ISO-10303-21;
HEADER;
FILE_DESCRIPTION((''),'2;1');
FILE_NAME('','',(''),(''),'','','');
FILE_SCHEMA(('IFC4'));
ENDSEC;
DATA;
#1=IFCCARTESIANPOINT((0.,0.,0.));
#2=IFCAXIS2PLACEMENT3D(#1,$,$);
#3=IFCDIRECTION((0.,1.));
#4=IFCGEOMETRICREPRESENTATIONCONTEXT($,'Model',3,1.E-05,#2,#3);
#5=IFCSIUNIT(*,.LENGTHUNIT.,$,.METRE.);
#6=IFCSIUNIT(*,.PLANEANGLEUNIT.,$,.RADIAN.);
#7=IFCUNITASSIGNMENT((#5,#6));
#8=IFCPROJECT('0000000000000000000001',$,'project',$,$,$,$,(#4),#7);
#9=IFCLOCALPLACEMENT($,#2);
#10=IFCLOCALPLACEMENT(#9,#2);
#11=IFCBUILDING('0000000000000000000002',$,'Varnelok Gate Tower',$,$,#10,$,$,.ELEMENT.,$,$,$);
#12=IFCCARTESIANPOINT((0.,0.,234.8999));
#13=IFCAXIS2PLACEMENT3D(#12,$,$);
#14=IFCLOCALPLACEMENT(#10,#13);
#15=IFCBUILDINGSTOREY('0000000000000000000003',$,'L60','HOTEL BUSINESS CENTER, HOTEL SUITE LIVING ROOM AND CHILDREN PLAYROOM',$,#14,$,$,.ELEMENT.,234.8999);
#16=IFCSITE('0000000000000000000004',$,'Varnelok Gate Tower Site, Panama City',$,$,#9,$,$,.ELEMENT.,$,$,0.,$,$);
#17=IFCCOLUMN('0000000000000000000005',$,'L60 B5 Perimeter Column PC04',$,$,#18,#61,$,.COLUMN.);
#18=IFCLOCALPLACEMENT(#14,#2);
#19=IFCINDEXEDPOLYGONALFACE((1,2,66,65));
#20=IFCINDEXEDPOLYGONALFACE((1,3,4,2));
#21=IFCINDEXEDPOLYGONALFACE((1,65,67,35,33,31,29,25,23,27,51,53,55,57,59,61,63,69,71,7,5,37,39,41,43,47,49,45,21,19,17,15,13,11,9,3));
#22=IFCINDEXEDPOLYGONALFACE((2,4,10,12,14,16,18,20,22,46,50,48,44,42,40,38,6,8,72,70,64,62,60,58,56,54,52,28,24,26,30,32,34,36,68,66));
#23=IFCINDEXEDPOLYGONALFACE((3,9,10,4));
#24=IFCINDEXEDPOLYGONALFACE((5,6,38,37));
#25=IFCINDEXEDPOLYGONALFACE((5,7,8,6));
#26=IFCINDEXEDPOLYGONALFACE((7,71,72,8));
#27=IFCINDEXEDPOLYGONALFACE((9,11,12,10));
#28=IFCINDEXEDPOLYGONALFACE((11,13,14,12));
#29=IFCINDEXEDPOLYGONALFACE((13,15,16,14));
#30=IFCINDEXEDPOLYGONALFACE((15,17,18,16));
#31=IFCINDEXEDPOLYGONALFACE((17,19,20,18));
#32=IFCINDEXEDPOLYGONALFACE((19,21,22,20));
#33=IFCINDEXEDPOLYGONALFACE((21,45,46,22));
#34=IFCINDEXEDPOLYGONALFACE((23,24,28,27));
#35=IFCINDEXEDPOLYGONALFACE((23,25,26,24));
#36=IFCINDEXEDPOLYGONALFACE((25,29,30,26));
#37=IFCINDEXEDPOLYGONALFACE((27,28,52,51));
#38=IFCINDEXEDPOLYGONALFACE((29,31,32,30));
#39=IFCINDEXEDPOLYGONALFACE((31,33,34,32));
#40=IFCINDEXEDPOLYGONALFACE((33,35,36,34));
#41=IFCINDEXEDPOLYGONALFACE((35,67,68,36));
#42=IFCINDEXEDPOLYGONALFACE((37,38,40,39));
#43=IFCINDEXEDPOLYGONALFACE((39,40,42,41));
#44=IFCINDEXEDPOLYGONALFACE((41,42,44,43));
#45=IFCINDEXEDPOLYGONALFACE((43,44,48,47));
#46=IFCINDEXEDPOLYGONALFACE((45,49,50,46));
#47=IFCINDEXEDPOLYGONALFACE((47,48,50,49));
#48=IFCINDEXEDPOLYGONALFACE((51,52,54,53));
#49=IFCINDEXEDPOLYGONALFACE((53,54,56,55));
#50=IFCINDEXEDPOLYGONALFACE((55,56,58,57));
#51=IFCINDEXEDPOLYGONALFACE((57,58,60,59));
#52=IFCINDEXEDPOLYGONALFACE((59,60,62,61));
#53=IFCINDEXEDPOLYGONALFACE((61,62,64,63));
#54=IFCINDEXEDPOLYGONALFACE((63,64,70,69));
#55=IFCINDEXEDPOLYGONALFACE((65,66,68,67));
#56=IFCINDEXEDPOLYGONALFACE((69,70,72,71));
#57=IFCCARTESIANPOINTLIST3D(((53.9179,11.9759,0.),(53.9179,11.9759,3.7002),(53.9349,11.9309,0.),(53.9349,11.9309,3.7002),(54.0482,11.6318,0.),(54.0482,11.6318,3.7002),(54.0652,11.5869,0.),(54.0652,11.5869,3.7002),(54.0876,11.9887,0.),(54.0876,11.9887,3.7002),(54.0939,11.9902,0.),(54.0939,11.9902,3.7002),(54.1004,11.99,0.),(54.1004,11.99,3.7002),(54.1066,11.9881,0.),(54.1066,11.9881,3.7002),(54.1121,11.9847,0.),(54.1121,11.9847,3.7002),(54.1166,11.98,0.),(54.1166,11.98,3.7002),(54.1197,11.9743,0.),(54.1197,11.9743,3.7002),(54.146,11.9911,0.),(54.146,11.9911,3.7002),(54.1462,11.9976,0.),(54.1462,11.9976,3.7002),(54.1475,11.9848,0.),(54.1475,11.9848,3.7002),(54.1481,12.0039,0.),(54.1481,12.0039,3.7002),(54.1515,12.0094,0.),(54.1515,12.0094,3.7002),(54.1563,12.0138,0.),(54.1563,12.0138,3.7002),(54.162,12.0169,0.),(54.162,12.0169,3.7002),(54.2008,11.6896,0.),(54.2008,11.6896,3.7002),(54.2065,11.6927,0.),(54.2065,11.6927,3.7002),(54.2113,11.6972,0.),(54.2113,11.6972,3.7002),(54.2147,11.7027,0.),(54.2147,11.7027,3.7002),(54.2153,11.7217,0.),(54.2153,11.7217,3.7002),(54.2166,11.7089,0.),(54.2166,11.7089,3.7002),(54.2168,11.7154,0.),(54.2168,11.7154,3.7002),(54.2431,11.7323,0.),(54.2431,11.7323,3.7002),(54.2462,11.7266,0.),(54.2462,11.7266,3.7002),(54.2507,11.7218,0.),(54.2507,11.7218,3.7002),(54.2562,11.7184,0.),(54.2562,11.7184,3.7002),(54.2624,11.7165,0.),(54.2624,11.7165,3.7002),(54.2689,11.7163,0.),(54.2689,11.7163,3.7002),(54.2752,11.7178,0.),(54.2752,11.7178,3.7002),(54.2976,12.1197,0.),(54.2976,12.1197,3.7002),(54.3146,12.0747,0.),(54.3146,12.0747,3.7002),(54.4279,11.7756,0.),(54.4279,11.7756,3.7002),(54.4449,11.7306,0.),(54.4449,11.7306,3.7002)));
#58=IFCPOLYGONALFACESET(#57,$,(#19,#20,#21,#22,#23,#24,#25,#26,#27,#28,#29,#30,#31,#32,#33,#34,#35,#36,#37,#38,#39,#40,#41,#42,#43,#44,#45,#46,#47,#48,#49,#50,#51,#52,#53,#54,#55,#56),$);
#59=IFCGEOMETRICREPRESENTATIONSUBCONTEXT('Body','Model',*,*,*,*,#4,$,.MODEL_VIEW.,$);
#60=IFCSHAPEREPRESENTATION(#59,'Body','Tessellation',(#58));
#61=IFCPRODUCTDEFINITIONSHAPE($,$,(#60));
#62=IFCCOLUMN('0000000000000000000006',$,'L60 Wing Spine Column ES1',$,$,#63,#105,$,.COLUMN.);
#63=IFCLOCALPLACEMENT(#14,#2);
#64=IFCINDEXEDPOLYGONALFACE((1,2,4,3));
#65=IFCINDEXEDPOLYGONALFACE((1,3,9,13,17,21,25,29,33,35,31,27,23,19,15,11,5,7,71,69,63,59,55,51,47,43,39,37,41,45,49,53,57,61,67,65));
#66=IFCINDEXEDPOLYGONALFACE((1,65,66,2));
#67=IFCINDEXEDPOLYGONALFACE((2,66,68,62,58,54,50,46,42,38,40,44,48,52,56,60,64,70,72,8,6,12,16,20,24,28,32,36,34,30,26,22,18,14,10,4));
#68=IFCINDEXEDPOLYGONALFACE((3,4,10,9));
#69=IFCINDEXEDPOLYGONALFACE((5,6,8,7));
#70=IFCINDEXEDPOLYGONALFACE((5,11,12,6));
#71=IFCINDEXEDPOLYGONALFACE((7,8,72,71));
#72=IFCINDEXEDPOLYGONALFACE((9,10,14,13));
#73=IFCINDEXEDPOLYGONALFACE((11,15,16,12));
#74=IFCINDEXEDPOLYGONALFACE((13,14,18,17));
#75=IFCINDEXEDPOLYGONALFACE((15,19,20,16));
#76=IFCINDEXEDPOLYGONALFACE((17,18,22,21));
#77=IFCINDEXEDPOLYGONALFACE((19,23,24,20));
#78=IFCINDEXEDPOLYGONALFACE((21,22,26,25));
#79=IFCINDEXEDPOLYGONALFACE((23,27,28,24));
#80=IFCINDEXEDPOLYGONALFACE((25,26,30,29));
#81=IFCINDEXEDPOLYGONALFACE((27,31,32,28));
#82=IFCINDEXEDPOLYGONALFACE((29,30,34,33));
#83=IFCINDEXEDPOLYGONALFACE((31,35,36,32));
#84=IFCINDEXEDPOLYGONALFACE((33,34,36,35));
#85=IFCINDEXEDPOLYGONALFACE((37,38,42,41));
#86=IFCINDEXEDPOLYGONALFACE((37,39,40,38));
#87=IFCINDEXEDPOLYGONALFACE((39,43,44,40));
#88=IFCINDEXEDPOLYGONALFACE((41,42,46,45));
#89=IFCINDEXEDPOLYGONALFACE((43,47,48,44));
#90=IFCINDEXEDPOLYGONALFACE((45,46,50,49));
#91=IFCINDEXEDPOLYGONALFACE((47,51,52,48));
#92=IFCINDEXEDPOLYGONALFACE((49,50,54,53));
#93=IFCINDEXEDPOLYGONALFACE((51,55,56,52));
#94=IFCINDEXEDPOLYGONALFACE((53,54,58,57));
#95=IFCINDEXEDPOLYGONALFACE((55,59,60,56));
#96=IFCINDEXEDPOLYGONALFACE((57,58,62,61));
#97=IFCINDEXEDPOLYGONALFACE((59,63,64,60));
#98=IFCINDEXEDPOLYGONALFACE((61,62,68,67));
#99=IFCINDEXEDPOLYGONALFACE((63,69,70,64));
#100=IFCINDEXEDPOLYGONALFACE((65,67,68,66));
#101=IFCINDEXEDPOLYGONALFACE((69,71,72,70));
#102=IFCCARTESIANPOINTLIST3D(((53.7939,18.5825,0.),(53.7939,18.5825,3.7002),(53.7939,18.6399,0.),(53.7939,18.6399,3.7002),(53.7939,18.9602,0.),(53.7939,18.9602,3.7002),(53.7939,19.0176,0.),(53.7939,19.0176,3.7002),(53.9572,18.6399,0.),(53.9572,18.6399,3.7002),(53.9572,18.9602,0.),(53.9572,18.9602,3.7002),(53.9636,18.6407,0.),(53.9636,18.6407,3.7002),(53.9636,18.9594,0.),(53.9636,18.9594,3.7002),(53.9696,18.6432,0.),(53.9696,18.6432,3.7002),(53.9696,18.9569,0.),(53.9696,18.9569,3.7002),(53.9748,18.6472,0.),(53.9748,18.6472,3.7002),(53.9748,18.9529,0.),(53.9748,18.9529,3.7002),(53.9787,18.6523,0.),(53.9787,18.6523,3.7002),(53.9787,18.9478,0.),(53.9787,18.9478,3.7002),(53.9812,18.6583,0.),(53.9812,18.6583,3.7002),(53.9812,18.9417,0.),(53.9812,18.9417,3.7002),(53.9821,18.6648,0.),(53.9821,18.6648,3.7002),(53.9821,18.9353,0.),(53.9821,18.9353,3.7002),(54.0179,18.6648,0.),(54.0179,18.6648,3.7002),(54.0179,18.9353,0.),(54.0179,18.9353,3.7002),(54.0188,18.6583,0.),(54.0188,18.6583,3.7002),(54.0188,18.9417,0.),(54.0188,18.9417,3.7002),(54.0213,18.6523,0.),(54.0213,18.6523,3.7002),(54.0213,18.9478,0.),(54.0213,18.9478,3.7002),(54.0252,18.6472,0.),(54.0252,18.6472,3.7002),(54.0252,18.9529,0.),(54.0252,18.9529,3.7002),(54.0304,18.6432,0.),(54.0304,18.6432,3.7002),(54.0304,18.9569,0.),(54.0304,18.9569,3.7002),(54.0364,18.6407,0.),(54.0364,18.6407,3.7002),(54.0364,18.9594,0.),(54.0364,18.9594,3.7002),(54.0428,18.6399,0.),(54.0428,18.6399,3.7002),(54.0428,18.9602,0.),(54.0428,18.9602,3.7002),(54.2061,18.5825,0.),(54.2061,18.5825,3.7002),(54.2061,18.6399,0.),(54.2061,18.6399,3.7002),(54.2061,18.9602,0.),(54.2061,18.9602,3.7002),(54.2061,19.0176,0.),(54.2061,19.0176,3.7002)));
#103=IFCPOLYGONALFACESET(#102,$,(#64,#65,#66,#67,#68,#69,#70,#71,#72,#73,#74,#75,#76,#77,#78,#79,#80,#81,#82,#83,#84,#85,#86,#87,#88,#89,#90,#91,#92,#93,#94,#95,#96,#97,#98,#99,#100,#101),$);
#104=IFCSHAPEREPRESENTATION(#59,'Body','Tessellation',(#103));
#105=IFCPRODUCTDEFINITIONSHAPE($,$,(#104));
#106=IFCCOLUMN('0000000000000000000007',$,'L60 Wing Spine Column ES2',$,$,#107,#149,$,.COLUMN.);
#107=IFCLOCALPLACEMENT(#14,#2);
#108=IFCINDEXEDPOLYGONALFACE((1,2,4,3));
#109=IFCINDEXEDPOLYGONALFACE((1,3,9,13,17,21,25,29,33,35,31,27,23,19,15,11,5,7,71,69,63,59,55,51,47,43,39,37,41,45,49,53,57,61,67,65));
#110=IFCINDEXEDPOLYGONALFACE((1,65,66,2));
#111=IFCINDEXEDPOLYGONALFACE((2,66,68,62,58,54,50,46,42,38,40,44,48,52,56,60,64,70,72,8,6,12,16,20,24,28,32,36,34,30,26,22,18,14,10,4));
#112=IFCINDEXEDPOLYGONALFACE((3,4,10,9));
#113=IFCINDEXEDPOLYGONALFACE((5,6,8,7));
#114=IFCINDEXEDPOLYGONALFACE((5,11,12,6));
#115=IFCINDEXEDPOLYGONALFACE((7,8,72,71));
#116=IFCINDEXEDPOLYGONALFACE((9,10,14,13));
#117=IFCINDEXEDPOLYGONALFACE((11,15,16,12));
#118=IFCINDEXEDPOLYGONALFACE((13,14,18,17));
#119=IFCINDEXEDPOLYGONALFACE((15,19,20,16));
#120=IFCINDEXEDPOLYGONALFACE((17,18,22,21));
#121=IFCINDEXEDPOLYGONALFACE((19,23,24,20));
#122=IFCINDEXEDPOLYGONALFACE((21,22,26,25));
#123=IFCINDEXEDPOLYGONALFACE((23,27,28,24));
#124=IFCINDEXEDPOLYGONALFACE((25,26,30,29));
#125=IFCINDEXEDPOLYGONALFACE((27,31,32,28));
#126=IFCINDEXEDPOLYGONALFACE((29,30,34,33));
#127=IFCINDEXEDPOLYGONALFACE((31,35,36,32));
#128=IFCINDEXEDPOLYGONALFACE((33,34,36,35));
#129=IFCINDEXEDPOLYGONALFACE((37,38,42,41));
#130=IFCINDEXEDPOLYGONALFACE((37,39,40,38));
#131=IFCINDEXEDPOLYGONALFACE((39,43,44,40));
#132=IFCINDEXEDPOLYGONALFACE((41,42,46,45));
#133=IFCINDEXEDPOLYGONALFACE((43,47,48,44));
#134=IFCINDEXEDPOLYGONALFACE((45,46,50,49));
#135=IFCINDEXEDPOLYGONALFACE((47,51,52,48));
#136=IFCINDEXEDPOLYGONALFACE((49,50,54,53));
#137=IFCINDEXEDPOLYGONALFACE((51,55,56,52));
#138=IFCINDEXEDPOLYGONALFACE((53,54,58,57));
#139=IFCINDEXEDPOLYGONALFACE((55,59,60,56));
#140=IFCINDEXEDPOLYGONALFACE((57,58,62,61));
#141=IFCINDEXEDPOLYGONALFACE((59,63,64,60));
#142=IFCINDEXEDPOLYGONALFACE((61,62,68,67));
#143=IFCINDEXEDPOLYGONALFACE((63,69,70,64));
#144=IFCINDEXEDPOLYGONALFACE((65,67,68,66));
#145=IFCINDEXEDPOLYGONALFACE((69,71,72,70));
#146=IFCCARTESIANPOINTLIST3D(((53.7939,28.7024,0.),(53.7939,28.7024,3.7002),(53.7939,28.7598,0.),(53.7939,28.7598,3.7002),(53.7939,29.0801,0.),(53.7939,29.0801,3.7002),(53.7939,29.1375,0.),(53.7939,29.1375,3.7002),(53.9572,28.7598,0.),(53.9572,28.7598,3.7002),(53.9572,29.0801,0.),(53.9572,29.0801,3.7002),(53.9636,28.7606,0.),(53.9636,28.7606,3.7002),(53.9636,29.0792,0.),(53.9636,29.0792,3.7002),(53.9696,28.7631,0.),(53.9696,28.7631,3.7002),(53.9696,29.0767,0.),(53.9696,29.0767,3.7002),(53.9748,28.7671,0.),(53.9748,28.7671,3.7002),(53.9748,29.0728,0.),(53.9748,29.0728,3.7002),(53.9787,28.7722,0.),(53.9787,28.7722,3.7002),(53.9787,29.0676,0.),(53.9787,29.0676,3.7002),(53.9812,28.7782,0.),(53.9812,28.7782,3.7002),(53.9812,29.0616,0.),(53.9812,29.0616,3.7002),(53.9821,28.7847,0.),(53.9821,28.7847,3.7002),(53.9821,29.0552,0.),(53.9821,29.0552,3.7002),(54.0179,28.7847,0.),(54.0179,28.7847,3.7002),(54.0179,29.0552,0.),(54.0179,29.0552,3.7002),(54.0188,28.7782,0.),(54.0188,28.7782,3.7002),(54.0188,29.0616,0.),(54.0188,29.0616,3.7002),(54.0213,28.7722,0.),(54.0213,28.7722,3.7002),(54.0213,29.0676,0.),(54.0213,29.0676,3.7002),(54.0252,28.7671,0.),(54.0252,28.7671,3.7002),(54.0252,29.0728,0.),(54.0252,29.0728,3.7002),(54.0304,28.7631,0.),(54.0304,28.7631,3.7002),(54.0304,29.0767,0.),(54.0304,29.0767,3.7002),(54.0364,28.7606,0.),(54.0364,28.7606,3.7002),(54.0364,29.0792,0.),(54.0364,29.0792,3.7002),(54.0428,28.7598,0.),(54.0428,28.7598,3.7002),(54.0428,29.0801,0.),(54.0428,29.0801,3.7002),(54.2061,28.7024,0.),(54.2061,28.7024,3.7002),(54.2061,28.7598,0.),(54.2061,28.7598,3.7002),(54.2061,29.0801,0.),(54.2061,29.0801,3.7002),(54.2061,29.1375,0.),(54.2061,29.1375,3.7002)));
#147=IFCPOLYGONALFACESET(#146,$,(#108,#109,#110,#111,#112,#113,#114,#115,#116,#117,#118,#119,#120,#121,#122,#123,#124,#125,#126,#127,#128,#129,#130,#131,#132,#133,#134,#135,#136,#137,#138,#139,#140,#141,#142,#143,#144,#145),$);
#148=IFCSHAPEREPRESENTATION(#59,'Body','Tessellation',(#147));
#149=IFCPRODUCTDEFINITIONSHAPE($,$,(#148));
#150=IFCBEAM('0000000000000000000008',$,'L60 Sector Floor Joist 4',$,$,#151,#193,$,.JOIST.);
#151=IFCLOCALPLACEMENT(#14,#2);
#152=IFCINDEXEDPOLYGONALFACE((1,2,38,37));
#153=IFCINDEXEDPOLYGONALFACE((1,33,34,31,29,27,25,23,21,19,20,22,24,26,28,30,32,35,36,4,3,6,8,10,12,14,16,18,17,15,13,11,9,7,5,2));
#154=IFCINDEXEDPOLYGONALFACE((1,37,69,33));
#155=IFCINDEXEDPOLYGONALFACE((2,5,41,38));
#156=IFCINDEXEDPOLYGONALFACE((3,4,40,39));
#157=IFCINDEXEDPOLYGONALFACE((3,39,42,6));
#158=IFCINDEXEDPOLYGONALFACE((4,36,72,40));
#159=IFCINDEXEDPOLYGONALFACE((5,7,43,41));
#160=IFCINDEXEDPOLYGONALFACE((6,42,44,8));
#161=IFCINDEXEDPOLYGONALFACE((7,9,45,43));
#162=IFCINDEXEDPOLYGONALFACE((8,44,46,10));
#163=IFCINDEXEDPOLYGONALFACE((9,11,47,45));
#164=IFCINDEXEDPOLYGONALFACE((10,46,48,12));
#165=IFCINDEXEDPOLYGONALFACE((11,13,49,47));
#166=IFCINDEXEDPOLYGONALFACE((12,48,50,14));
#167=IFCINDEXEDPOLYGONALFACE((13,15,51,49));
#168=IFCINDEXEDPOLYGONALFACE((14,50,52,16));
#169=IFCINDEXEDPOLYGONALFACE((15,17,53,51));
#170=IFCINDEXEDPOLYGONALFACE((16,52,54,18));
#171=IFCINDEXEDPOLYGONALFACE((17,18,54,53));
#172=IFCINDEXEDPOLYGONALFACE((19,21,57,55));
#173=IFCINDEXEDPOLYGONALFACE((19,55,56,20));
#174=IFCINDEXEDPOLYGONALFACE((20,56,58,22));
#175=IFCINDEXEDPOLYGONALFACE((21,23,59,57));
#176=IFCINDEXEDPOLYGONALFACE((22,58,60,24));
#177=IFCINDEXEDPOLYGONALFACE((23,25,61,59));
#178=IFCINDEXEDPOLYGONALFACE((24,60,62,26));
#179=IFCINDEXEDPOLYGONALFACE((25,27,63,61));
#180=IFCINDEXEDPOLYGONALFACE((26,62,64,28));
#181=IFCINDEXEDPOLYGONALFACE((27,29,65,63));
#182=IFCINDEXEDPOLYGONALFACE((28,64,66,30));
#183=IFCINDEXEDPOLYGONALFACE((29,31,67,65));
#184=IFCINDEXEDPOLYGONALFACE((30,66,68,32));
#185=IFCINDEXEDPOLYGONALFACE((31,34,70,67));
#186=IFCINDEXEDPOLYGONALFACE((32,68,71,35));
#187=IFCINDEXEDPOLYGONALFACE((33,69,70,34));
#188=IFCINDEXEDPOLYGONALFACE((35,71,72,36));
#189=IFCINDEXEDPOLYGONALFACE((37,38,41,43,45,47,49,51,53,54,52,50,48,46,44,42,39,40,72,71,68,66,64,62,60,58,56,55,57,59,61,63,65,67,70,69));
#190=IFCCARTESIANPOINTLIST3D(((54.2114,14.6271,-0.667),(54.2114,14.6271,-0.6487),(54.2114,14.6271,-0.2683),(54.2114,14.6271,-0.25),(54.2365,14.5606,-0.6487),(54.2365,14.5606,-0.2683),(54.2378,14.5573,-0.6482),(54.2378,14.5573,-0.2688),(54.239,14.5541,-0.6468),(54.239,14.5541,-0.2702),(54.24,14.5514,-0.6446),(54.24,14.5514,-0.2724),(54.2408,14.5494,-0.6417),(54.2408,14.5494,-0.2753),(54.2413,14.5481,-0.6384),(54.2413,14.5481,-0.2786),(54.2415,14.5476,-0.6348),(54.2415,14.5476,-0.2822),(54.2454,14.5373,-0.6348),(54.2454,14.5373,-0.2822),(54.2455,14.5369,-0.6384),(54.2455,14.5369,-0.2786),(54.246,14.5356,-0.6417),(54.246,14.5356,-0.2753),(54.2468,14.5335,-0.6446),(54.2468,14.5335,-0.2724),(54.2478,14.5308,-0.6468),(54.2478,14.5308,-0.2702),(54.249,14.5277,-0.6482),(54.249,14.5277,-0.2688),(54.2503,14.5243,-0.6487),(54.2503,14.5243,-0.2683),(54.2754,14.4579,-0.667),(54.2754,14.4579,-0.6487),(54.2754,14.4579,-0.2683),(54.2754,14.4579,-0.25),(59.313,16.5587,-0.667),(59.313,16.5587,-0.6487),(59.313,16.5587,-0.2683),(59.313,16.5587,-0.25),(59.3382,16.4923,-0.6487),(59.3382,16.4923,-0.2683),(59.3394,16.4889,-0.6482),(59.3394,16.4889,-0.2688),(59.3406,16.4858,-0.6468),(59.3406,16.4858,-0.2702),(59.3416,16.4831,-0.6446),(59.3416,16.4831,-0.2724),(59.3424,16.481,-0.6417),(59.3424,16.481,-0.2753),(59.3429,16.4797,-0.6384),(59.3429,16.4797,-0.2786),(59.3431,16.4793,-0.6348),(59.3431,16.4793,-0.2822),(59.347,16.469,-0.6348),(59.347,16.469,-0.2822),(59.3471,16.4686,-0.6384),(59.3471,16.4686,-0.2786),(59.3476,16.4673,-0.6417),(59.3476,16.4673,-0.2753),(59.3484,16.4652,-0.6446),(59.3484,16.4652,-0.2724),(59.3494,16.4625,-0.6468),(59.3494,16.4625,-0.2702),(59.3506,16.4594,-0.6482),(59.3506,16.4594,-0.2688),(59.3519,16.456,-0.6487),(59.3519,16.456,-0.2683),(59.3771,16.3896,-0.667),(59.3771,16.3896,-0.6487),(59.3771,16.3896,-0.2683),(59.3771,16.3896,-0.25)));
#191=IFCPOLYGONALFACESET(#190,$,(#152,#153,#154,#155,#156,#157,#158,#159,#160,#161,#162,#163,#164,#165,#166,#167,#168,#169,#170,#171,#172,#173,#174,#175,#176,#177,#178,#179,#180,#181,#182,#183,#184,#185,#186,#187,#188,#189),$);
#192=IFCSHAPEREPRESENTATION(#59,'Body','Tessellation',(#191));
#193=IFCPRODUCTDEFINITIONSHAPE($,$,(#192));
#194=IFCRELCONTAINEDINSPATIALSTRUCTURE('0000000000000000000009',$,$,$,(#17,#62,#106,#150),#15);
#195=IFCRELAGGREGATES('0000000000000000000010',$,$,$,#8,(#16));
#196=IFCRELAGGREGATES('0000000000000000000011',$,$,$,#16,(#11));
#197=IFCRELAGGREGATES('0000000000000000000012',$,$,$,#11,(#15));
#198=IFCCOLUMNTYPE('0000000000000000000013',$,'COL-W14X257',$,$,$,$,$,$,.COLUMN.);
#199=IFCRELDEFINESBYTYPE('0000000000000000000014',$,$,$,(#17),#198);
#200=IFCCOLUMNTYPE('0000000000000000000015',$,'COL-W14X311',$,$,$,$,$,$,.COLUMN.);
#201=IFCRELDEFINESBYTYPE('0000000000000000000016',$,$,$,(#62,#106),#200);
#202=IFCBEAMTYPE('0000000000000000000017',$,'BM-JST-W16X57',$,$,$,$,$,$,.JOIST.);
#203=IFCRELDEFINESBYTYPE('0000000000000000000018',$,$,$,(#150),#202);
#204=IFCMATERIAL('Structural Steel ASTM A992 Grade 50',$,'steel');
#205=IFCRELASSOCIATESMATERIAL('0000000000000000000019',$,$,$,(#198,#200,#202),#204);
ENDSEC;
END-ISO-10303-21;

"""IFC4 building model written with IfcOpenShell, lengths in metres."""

from ifc_helpers import new_model, si_unit, direction, frame, origin, origin_2d, place, context, subcontext, project, spatial, i_section, extrude, material, material_profile, profile_set, type_object, element, save


model = new_model("IFC4")

# Units and contexts
model_context = context("Model", 3, precision=1e-05, world=origin(), true_north=direction((0.0, 1.0)))
body_context = subcontext(model_context, "Body", "Model", "MODEL_VIEW")
ifc_project = project(units=[si_unit("LENGTHUNIT", "METRE"), si_unit("PLANEANGLEUNIT", "RADIAN")], contexts=[model_context])

# Site, building, storey
site_placement = place(None, origin())
site = spatial("IfcSite", under=ifc_project, at=site_placement, Name="Varnelok Gate Tower Site, Panama City", CompositionType="ELEMENT", RefElevation=0.0)
building_placement = place(site_placement, origin())
building = spatial("IfcBuilding", under=site, at=building_placement, Name="Varnelok Gate Tower", CompositionType="ELEMENT")
storey_placement = place(building_placement, frame((0.0, 0.0, 234.8999)))
storey = spatial("IfcBuildingStorey", under=building, at=storey_placement, Name="L60", Description="HOTEL BUSINESS CENTER, HOTEL SUITE LIVING ROOM AND CHILDREN PLAYROOM", CompositionType="ELEMENT", Elevation=234.8999)

# Columns
ifc_material_1 = material(Name="Structural Steel ASTM A992 Grade 50", Category="steel")
ifc_material_profile_1 = material_profile(ifc_material_1, i_section(OverallWidth=0.406, OverallDepth=0.416, WebThickness=0.0298, FlangeThickness=0.0481, FilletRadius=0.0249, at=origin_2d()), Name="W14X257")
ifc_profile_set_1 = profile_set([ifc_material_profile_1], Name="Structural Steel ASTM A992 Grade 50")
column_type_1 = type_object("IfcColumnType", Name="COL-W14X257", PredefinedType="COLUMN", material=ifc_profile_set_1)
column_placement = place(storey_placement, frame((54.1814, 11.8533, 0.0), z_axis=(0.0, 0.0, 1.0), x_axis=(0.935222, 0.354063, 0.0)))
element("IfcColumn", 1, at=column_placement, inside=storey, type_object=column_type_1, Name="L60 B5 Perimeter Column PC04", PredefinedType="COLUMN", context=body_context, shape_type="SweptSolid", body=[
    extrude(i_section(OverallWidth=0.406, OverallDepth=0.416, WebThickness=0.0298, FlangeThickness=0.0481, FilletRadius=0.0249, at=origin_2d()), origin(), (0.0, 0.0, 1.0), 3.7002),
])
ifc_material_profile_2 = material_profile(ifc_material_1, i_section(OverallWidth=0.4121, OverallDepth=0.4351, WebThickness=0.0359, FlangeThickness=0.0574, FilletRadius=0.0249, at=origin_2d()), Name="W14X311")
ifc_profile_set_2 = profile_set([ifc_material_profile_2], Name="Structural Steel ASTM A992 Grade 50")
column_type_2 = type_object("IfcColumnType", Name="COL-W14X311", PredefinedType="COLUMN", material=ifc_profile_set_2)
for number, where, z_axis, x_axis, name in (
    (2, (54.0, 18.8, 0.0), (0.0, 0.0, 1.0), (1.0, 0.0, 0.0), "L60 Wing Spine Column ES1"),
    (3, (54.0, 28.9199, 0.0), (0.0, 0.0, 1.0), (1.0, 0.0, 0.0), "L60 Wing Spine Column ES2"),
):
    element("IfcColumn", number, at=place(storey_placement, frame(where, z_axis=z_axis, x_axis=x_axis)), inside=storey, type_object=column_type_2, Name=name, PredefinedType="COLUMN", context=body_context, shape_type="SweptSolid", body=[
        extrude(i_section(OverallWidth=0.4121, OverallDepth=0.4351, WebThickness=0.0359, FlangeThickness=0.0574, FilletRadius=0.0249, at=origin_2d()), origin(), (0.0, 0.0, 1.0), 3.7002),
    ])

# Beam
ifc_material_profile_3 = material_profile(ifc_material_1, i_section(OverallWidth=0.1809, OverallDepth=0.417, WebThickness=0.011, FlangeThickness=0.0183, FilletRadius=0.0139, at=origin_2d()), Name="W16X57")
ifc_profile_set_3 = profile_set([ifc_material_profile_3], Name="Structural Steel ASTM A992 Grade 50")
beam_type_1 = type_object("IfcBeamType", Name="BM-JST-W16X57", PredefinedType="JOIST", material=ifc_profile_set_3)
beam_1_placement = place(storey_placement, frame((54.2434, 14.5425, -0.4585), z_axis=(0.935206, 0.354104, 0.0), x_axis=(-0.354104, 0.935206, 0.0)))
element("IfcBeam", 4, at=beam_1_placement, inside=storey, type_object=beam_type_1, Name="L60 Sector Floor Joist 4", PredefinedType="JOIST", context=body_context, shape_type="SweptSolid", body=[
    extrude(i_section(OverallWidth=0.1809, OverallDepth=0.417, WebThickness=0.011, FlangeThickness=0.0183, FilletRadius=0.0139, at=origin_2d()), origin(), (0.0, 0.0, 1.0), 5.4551),
])

save(model, "model.ifc")
